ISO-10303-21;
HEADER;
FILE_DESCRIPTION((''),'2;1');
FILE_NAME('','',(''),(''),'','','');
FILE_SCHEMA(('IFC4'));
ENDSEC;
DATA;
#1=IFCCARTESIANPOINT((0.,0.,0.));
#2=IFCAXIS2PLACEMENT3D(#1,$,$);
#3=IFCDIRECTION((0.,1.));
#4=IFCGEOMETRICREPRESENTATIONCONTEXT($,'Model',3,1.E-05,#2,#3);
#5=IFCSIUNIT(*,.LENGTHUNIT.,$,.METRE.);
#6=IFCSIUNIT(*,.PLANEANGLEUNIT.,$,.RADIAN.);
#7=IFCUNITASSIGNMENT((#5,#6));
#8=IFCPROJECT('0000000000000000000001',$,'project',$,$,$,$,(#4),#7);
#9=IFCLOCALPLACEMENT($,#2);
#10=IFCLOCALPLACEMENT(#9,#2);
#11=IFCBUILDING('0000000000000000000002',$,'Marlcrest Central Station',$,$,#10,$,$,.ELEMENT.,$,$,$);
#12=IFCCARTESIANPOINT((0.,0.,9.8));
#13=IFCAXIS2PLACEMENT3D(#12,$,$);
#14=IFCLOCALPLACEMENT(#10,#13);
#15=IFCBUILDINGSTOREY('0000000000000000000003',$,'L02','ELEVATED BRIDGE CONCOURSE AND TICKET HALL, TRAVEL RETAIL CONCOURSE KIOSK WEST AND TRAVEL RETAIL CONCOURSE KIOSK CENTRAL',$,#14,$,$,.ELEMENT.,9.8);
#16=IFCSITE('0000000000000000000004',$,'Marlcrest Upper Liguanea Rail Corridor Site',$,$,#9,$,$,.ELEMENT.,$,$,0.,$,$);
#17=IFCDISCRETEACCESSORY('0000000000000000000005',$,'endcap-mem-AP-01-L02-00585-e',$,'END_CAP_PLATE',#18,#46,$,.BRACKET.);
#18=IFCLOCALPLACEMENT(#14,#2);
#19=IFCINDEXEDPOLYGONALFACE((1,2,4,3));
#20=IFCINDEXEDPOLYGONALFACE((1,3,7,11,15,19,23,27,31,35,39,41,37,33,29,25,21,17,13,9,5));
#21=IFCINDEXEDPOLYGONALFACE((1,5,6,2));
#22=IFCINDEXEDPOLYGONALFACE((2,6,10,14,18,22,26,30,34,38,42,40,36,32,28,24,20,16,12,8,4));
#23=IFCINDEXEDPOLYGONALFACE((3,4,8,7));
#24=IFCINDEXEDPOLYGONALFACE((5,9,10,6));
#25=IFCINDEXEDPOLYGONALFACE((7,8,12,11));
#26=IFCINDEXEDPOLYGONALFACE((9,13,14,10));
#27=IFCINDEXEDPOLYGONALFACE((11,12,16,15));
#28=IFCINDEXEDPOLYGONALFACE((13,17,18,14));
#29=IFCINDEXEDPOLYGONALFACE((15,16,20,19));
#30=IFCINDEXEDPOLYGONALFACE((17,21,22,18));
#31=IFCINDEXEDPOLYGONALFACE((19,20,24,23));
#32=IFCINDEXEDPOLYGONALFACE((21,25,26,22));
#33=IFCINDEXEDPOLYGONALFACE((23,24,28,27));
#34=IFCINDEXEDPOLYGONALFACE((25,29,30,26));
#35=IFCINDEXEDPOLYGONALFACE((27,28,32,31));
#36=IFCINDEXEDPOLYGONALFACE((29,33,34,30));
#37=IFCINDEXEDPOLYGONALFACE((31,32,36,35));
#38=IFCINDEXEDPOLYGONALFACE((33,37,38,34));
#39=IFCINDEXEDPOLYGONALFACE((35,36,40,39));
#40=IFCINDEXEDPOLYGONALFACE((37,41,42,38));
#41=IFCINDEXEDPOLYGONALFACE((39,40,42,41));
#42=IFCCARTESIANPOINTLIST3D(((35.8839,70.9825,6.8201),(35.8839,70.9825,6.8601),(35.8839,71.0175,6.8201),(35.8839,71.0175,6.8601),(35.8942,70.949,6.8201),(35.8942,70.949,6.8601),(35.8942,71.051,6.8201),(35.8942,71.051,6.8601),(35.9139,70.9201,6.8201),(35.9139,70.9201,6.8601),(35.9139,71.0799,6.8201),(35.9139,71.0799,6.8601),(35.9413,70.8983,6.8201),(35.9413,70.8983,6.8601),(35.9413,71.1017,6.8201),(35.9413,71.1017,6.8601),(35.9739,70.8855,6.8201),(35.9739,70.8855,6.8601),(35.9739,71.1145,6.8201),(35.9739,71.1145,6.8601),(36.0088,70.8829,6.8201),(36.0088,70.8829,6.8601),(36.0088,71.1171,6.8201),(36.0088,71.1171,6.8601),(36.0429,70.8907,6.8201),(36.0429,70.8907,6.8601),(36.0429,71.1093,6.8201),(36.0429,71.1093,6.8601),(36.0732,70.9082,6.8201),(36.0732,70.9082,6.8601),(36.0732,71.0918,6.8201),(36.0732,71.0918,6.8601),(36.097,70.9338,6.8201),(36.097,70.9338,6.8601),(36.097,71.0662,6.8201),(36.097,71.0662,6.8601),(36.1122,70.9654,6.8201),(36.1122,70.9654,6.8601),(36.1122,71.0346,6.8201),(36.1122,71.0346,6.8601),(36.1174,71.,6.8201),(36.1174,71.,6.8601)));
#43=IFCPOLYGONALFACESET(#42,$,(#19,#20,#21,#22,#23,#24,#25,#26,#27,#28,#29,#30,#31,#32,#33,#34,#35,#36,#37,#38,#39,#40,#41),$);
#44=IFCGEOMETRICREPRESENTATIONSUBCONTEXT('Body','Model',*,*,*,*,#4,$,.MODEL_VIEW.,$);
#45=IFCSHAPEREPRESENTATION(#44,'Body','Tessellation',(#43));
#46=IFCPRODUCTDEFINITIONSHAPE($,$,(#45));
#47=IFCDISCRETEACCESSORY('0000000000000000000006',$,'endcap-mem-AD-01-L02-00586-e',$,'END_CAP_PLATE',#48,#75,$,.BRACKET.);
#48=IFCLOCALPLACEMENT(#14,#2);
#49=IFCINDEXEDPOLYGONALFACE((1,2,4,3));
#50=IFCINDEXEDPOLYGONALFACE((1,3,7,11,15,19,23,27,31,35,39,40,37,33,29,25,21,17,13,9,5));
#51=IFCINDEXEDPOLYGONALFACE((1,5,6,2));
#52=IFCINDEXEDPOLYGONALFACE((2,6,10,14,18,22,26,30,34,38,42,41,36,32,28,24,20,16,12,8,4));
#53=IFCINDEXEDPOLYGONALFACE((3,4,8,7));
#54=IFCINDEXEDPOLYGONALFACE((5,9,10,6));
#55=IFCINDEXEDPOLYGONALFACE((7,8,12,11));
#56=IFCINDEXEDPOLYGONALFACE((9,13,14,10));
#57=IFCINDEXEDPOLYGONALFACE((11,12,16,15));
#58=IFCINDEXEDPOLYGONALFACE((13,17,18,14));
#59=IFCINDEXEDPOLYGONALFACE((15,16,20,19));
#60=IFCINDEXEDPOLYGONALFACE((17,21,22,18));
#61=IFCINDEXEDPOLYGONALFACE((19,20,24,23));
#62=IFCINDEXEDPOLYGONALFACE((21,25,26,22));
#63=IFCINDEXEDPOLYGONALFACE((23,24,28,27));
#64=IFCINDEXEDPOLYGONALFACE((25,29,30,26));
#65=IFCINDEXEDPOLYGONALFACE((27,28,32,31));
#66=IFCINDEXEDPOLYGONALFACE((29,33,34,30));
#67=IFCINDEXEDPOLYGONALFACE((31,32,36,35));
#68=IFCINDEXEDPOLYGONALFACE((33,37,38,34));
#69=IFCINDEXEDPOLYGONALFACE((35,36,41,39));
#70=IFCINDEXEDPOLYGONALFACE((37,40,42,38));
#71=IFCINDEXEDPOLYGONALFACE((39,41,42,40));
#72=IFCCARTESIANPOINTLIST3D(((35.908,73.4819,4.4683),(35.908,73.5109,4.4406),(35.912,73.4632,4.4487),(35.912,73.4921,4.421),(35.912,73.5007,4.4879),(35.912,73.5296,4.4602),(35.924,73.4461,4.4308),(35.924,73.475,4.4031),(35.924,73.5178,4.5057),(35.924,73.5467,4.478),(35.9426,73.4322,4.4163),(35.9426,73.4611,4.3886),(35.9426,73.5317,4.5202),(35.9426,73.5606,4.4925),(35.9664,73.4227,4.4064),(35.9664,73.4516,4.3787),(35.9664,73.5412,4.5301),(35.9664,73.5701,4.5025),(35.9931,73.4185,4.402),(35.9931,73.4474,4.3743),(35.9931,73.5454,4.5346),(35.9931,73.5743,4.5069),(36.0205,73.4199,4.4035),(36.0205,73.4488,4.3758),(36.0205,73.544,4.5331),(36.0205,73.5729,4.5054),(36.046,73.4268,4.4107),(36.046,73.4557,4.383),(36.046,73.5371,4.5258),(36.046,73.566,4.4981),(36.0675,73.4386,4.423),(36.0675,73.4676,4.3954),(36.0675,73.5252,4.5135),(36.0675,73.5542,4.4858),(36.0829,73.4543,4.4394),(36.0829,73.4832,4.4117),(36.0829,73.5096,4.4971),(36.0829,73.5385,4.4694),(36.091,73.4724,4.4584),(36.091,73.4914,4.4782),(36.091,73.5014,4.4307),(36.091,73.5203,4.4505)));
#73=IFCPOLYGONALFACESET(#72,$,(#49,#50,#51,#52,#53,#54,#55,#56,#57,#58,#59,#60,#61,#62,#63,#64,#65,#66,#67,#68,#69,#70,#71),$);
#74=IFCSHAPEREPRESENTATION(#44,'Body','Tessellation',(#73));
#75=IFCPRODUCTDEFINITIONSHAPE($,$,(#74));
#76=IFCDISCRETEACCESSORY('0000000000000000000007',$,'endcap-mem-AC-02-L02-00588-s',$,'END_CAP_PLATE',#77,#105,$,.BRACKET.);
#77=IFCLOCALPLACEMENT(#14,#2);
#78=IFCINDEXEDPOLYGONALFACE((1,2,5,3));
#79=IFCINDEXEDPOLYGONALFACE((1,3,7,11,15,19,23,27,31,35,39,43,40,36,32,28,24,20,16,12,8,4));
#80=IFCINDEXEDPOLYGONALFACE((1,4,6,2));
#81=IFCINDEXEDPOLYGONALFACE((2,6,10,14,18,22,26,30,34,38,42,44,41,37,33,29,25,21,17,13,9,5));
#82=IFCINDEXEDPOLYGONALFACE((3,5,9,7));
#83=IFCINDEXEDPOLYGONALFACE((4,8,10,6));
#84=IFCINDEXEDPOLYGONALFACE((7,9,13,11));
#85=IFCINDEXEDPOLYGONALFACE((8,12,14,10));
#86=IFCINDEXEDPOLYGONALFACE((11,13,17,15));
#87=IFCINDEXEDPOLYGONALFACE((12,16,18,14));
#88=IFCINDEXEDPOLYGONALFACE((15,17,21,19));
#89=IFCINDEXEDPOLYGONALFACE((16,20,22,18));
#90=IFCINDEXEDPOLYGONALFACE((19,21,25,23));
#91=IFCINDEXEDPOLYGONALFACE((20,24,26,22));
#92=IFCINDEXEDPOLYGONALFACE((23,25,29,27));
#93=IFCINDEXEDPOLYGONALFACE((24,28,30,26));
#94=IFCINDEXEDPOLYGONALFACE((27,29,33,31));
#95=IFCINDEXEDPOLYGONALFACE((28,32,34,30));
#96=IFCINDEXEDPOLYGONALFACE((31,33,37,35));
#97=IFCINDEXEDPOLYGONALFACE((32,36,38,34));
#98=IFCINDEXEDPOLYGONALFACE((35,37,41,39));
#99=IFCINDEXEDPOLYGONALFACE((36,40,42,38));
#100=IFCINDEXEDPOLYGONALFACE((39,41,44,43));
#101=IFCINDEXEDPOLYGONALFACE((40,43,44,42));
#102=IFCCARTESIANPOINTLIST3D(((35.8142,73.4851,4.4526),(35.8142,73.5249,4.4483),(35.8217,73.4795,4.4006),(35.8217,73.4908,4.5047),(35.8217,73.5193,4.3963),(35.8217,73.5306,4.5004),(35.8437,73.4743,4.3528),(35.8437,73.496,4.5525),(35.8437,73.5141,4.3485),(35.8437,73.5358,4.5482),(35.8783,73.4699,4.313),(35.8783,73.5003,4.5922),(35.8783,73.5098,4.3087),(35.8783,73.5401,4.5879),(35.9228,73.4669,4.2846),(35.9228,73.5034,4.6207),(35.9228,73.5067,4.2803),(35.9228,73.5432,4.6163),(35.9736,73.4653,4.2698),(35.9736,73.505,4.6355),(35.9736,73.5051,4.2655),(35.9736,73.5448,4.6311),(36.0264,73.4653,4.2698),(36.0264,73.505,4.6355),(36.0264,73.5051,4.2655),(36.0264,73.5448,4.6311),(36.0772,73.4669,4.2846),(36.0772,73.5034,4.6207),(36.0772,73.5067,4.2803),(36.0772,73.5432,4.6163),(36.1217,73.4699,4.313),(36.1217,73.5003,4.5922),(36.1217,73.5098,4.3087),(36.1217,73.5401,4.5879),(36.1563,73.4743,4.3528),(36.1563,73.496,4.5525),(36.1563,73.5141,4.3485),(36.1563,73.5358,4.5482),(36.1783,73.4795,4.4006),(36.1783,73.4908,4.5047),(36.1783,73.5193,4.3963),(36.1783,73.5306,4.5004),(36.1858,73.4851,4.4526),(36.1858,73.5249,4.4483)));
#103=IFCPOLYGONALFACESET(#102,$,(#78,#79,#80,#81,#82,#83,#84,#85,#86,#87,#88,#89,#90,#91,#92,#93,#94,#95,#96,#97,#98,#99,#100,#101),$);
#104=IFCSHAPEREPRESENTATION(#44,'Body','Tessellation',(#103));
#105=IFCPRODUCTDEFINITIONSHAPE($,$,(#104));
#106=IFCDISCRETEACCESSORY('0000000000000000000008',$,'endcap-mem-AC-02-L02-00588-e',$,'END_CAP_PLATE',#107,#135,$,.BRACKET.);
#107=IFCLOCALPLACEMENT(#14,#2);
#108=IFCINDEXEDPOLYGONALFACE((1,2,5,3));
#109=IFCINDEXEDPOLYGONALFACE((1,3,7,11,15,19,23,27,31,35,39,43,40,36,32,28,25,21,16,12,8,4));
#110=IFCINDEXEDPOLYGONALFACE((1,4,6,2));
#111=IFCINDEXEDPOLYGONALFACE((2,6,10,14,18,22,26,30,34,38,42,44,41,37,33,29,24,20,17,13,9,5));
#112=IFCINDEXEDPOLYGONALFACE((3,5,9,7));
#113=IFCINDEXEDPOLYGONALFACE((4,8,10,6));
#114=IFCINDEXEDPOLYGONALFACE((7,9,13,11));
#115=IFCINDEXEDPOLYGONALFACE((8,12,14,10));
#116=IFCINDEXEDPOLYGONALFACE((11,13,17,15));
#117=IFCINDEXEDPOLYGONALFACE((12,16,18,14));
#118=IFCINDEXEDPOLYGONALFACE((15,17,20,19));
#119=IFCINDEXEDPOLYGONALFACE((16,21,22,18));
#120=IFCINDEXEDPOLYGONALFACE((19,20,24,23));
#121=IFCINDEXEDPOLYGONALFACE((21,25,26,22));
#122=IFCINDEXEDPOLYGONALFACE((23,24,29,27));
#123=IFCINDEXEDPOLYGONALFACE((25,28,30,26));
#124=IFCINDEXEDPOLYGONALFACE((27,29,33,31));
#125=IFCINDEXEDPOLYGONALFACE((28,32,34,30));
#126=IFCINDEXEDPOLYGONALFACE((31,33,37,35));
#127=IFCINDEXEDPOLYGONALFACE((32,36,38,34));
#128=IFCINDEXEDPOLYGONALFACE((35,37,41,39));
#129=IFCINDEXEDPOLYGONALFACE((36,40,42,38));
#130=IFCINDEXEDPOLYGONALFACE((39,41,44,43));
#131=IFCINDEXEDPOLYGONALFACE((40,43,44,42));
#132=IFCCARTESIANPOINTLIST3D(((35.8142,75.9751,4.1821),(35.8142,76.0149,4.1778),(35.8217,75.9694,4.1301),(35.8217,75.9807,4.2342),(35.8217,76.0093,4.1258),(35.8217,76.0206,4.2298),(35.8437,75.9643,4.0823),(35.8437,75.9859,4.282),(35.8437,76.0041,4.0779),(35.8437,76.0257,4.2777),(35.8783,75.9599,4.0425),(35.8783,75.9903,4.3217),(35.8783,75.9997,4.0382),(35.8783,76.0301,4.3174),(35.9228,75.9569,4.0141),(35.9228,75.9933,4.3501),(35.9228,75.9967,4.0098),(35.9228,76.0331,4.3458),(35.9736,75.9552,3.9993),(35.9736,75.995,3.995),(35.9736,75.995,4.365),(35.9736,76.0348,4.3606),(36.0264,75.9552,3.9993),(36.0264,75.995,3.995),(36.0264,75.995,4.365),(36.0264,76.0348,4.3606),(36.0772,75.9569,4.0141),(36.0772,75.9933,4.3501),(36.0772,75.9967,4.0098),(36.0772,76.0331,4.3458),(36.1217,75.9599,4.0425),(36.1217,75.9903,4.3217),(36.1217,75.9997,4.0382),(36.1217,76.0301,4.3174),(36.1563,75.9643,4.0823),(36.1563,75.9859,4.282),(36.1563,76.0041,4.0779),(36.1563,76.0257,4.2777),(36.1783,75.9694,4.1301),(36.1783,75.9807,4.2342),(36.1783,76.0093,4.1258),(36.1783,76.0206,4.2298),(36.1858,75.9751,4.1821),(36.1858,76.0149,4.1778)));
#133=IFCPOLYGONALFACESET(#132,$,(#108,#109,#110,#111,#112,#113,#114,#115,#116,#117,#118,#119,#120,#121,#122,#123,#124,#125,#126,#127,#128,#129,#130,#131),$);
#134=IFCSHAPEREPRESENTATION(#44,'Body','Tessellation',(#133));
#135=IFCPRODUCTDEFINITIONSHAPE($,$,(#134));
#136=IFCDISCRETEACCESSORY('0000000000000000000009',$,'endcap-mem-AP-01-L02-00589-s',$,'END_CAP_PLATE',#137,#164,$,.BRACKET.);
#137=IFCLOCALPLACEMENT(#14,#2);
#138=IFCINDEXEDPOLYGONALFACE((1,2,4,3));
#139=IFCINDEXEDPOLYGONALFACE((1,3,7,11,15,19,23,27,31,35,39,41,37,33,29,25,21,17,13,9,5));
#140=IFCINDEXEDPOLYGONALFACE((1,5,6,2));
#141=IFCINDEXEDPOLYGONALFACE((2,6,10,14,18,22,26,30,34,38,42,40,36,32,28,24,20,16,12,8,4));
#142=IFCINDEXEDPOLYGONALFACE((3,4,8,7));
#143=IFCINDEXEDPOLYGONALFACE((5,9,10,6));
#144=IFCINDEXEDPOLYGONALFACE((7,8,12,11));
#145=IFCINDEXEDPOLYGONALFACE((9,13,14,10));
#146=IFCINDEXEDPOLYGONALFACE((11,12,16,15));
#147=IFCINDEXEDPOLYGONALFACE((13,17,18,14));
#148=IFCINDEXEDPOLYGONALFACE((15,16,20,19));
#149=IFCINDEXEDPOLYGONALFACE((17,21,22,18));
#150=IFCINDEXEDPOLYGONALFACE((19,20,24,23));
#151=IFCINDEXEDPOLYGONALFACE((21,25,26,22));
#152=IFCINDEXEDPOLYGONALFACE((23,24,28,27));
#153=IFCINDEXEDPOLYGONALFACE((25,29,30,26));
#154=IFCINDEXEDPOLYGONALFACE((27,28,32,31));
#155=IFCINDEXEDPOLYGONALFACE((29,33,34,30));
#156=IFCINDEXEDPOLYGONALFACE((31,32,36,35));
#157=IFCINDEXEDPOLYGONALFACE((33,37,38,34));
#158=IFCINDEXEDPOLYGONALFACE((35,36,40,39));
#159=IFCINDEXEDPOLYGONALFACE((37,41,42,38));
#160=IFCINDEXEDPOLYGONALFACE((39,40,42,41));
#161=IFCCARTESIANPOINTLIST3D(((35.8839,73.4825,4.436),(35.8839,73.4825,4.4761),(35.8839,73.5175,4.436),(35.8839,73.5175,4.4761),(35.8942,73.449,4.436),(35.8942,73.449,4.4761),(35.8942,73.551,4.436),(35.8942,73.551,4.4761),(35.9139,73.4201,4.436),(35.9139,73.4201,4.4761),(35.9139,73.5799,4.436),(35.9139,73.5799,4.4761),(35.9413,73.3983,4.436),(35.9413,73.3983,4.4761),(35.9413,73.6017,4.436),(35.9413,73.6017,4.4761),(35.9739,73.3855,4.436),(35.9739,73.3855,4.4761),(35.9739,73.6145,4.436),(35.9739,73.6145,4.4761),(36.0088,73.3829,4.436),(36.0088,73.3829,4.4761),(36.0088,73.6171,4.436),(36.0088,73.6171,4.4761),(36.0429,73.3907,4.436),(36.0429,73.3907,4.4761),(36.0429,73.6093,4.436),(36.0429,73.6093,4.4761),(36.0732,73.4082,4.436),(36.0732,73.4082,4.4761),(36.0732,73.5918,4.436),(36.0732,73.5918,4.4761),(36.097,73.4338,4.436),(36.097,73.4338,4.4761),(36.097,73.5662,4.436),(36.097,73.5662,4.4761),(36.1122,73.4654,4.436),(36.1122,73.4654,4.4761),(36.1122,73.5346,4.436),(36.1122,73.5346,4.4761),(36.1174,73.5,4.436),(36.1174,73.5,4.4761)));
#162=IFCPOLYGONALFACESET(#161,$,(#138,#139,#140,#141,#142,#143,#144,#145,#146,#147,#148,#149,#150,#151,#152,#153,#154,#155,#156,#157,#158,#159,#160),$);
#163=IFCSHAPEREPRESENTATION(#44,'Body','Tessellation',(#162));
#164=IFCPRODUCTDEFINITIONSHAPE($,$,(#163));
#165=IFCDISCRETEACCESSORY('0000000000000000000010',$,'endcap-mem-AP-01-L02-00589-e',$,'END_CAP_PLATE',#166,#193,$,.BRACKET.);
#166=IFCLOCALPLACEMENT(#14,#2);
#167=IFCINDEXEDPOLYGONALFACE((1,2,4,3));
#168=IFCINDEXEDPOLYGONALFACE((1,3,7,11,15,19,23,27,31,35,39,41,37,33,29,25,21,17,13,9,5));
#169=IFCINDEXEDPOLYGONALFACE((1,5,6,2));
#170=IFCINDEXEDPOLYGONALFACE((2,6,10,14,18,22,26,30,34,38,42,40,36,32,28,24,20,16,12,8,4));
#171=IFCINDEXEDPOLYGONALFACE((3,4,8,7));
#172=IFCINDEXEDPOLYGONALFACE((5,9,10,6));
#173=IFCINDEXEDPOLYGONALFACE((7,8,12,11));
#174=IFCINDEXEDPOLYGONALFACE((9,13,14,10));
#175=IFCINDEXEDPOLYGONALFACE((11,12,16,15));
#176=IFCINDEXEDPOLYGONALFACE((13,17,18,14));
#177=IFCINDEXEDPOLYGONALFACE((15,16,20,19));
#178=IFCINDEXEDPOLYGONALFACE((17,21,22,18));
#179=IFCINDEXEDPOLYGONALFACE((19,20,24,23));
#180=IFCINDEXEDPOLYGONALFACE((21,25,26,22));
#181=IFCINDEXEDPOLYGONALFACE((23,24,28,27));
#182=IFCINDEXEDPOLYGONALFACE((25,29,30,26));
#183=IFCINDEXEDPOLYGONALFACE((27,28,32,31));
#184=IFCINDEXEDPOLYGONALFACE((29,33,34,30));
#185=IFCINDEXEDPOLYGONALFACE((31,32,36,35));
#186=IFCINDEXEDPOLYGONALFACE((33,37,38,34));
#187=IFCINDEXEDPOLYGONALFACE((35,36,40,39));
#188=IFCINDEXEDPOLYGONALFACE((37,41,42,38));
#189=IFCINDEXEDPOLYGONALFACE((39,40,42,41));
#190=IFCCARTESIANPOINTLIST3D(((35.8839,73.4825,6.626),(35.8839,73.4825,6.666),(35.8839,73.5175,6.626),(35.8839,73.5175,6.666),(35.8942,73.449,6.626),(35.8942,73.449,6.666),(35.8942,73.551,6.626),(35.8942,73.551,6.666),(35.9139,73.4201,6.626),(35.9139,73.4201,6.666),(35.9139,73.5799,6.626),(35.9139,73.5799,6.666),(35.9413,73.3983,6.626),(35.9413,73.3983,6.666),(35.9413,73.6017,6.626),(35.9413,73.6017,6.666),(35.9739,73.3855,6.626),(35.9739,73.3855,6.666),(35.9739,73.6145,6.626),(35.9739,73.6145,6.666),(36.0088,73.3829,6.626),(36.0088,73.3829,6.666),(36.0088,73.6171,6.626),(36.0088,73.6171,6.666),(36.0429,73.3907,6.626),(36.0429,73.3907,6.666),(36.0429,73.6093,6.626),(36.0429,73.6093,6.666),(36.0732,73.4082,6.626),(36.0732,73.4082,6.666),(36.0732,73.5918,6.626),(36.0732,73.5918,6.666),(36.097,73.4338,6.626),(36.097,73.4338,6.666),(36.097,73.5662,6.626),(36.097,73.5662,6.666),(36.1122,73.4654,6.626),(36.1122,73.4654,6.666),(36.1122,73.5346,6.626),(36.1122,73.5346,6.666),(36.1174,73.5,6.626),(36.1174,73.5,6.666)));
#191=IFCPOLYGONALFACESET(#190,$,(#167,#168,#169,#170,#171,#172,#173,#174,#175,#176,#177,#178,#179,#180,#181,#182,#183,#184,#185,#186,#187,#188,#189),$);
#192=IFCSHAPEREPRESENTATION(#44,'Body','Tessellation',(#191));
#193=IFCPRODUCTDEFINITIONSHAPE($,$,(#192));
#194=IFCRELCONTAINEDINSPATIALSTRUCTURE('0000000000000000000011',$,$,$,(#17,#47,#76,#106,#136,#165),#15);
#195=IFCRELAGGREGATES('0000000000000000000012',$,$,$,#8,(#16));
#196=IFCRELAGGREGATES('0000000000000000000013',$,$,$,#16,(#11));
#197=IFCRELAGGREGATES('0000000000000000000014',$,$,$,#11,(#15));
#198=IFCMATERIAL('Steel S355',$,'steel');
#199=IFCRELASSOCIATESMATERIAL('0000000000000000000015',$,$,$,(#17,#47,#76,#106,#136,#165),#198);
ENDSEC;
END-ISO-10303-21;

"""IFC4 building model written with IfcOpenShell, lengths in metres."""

from ifc_helpers import new_model, si_unit, direction, frame, origin, origin_2d, place, context, subcontext, project, spatial, circle, extrude, material, element, save


model = new_model("IFC4")

# Units and contexts
model_context = context("Model", 3, precision=1e-05, world=origin(), true_north=direction((0.0, 1.0)))
body_context = subcontext(model_context, "Body", "Model", "MODEL_VIEW")
ifc_project = project(units=[si_unit("LENGTHUNIT", "METRE"), si_unit("PLANEANGLEUNIT", "RADIAN")], contexts=[model_context])

# Site, building, storey
site_placement = place(None, origin())
site = spatial("IfcSite", under=ifc_project, at=site_placement, Name="Marlcrest Upper Liguanea Rail Corridor Site", CompositionType="ELEMENT", RefElevation=0.0)
building_placement = place(site_placement, origin())
building = spatial("IfcBuilding", under=site, at=building_placement, Name="Marlcrest Central Station", CompositionType="ELEMENT")
storey_placement = place(building_placement, frame((0.0, 0.0, 9.8)))
storey = spatial("IfcBuildingStorey", under=building, at=storey_placement, Name="L02", Description="ELEVATED BRIDGE CONCOURSE AND TICKET HALL, TRAVEL RETAIL CONCOURSE KIOSK WEST AND TRAVEL RETAIL CONCOURSE KIOSK CENTRAL", CompositionType="ELEMENT", Elevation=9.8)

# Shared definitions
ifc_material = material(Name="Steel S355", Category="steel")

# Discrete accessories
discrete_accessory_1_placement = place(storey_placement, frame((36.0, 71.0, 6.8201), z_axis=(0.0, 0.0, 1.0), x_axis=(1.0, 0.0, 0.0)))
element("IfcDiscreteAccessory", 1, at=discrete_accessory_1_placement, inside=storey, material=ifc_material, Name="endcap-mem-AP-01-L02-00585-e", ObjectType="END_CAP_PLATE", PredefinedType="BRACKET", context=body_context, shape_type="SweptSolid", body=[
    extrude(circle(Radius=0.1174, at=origin_2d()), origin(), (0.0, 0.0, 1.0), 0.04),
])
discrete_accessory_2_placement = place(storey_placement, frame((36.0, 73.4819, 4.4683), z_axis=(0.0, 0.722247, -0.691636), x_axis=(-1.0, 0.0, 0.0)))
element("IfcDiscreteAccessory", 2, at=discrete_accessory_2_placement, inside=storey, material=ifc_material, Name="endcap-mem-AD-01-L02-00586-e", ObjectType="END_CAP_PLATE", PredefinedType="BRACKET", context=body_context, shape_type="SweptSolid", body=[
    extrude(circle(Radius=0.092, at=origin_2d()), origin(), (0.0, 0.0, 1.0), 0.04),
])
for number, where, z_axis, x_axis, name in (
    (3, (36.0, 73.4851, 4.4526), (0.0, 0.994155, -0.107959), (-1.0, 0.0, 0.0), "endcap-mem-AC-02-L02-00588-s"),
    (4, (36.0, 75.9751, 4.1821), (0.0, 0.994155, -0.107959), (-1.0, 0.0, 0.0), "endcap-mem-AC-02-L02-00588-e"),
):
    element("IfcDiscreteAccessory", number, at=place(storey_placement, frame(where, z_axis=z_axis, x_axis=x_axis)), inside=storey, material=ifc_material, Name=name, ObjectType="END_CAP_PLATE", PredefinedType="BRACKET", context=body_context, shape_type="SweptSolid", body=[
        extrude(circle(Radius=0.1858, at=origin_2d()), origin(), (0.0, 0.0, 1.0), 0.04),
    ])
for number, where, z_axis, x_axis, name in (
    (5, (36.0, 73.5, 4.436), (0.0, 0.0, 1.0), (1.0, 0.0, 0.0), "endcap-mem-AP-01-L02-00589-s"),
    (6, (36.0, 73.5, 6.626), (0.0, 0.0, 1.0), (1.0, 0.0, 0.0), "endcap-mem-AP-01-L02-00589-e"),
):
    element("IfcDiscreteAccessory", number, at=place(storey_placement, frame(where, z_axis=z_axis, x_axis=x_axis)), inside=storey, material=ifc_material, Name=name, ObjectType="END_CAP_PLATE", PredefinedType="BRACKET", context=body_context, shape_type="SweptSolid", body=[
        extrude(circle(Radius=0.1174, at=origin_2d()), origin(), (0.0, 0.0, 1.0), 0.04),
    ])

save(model, "model.ifc")
